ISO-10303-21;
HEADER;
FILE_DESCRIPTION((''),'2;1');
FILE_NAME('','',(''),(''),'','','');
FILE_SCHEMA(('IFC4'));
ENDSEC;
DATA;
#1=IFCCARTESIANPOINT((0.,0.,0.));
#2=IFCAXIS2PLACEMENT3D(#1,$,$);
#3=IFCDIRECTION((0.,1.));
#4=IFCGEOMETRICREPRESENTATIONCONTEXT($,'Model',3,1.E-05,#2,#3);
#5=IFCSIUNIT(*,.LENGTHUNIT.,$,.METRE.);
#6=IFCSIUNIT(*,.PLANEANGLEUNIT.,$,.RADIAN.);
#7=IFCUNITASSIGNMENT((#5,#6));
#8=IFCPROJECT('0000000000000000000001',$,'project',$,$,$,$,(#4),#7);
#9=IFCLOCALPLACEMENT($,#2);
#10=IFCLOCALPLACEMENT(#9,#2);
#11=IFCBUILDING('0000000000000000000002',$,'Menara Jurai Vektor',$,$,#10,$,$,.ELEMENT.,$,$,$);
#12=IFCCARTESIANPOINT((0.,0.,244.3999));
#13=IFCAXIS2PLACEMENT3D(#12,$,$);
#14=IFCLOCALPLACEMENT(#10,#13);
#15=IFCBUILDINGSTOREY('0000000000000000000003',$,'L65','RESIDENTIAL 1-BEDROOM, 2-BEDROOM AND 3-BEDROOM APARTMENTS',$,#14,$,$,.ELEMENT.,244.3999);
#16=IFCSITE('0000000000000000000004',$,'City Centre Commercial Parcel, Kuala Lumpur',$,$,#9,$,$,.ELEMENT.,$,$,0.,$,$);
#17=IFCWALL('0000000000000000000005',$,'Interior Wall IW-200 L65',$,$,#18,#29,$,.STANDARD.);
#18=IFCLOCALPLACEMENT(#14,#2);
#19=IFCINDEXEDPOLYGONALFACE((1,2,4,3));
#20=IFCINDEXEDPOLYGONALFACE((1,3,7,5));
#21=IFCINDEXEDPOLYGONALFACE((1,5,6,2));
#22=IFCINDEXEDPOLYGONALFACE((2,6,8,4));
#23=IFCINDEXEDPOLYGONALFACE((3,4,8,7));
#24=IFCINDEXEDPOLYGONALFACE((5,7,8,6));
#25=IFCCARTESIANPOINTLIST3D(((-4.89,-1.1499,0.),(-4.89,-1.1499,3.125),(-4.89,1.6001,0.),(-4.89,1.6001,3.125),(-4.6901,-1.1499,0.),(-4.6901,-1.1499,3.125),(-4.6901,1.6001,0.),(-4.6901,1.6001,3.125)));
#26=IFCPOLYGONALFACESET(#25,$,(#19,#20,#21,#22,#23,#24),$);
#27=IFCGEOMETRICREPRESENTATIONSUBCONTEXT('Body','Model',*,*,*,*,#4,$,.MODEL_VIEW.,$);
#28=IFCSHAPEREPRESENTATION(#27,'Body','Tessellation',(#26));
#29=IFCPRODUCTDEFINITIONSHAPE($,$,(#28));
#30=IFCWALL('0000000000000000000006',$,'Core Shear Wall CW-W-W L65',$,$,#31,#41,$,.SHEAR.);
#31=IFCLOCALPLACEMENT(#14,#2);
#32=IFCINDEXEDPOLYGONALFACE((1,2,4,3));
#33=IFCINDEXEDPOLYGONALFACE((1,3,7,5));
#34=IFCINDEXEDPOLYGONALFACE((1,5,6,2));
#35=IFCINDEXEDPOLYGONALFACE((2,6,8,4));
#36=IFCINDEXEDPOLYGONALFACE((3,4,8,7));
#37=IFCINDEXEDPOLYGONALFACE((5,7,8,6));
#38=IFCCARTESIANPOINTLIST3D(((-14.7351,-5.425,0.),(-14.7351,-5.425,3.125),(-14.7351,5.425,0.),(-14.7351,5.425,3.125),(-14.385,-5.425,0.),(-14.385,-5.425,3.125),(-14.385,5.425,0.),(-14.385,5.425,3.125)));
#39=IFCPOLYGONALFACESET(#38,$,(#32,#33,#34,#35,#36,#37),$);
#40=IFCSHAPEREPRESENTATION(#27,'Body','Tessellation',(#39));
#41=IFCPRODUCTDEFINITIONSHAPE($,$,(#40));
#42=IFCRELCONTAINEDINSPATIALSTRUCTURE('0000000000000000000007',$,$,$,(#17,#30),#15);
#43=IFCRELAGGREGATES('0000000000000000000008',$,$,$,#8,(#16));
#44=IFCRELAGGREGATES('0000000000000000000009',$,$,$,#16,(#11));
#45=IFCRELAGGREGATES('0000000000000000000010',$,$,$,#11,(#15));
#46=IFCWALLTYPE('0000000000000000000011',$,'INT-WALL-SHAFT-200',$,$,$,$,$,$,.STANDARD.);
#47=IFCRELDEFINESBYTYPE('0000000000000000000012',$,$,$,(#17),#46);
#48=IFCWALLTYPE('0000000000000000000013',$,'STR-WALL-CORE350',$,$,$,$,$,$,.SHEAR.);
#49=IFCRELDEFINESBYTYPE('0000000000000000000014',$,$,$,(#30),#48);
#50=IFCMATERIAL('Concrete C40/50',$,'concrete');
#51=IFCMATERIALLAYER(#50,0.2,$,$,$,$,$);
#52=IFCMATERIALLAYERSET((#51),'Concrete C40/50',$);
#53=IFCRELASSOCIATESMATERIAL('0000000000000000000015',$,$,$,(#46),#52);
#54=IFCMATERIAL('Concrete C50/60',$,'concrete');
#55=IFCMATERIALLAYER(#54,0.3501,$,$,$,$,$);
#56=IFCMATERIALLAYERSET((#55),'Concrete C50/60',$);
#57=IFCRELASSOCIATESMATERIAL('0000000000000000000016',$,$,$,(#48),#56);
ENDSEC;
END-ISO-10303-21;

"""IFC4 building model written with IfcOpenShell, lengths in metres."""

from ifc_helpers import new_model, si_unit, direction, frame, frame_2d, origin, place, context, subcontext, project, spatial, rectangle, extrude, material, layer, layer_set, type_object, element, save


model = new_model("IFC4")

# Units and contexts
model_context = context("Model", 3, precision=1e-05, world=origin(), true_north=direction((0.0, 1.0)))
body_context = subcontext(model_context, "Body", "Model", "MODEL_VIEW")
ifc_project = project(units=[si_unit("LENGTHUNIT", "METRE"), si_unit("PLANEANGLEUNIT", "RADIAN")], contexts=[model_context])

# Site, building, storey
site_placement = place(None, origin())
site = spatial("IfcSite", under=ifc_project, at=site_placement, Name="City Centre Commercial Parcel, Kuala Lumpur", CompositionType="ELEMENT", RefElevation=0.0)
building_placement = place(site_placement, origin())
building = spatial("IfcBuilding", under=site, at=building_placement, Name="Menara Jurai Vektor", CompositionType="ELEMENT")
storey_placement = place(building_placement, frame((0.0, 0.0, 244.3999)))
storey = spatial("IfcBuildingStorey", under=building, at=storey_placement, Name="L65", Description="RESIDENTIAL 1-BEDROOM, 2-BEDROOM AND 3-BEDROOM APARTMENTS", CompositionType="ELEMENT", Elevation=244.3999)

# Shared definitions
ifc_material_1 = material(Name="Concrete C50/60", Category="concrete")

# Shared definitions
ifc_material_2 = material(Name="Concrete C40/50", Category="concrete")

# Shared definitions
ifc_layer_1 = layer(ifc_material_2, 0.2)
ifc_layer_set_1 = layer_set([ifc_layer_1], Name="Concrete C40/50")
wall_type_1 = type_object("IfcWallType", Name="INT-WALL-SHAFT-200", PredefinedType="STANDARD", material=ifc_layer_set_1)

# Wall
wall_1_placement = place(storey_placement, frame((-4.79, -1.1499, 0.0), z_axis=(0.0, 0.0, 1.0), x_axis=(0.0, 1.0, 0.0)))
element("IfcWall", 1, at=wall_1_placement, inside=storey, type_object=wall_type_1, Name="Interior Wall IW-200 L65", PredefinedType="STANDARD", context=body_context, shape_type="SweptSolid", body=[
    extrude(rectangle(XDim=2.75, YDim=0.2, at=frame_2d((1.375, 0.0))), origin(), (0.0, 0.0, 1.0), 3.125),
])

# Wall
ifc_layer_2 = layer(ifc_material_1, 0.3501)
ifc_layer_set_2 = layer_set([ifc_layer_2], Name="Concrete C50/60")
wall_type_2 = type_object("IfcWallType", Name="STR-WALL-CORE350", PredefinedType="SHEAR", material=ifc_layer_set_2)
wall_2_placement = place(storey_placement, frame((-14.5601, -5.425, 0.0), z_axis=(0.0, 0.0, 1.0), x_axis=(0.0, 1.0, 0.0)))
element("IfcWall", 2, at=wall_2_placement, inside=storey, type_object=wall_type_2, Name="Core Shear Wall CW-W-W L65", PredefinedType="SHEAR", context=body_context, shape_type="SweptSolid", body=[
    extrude(rectangle(XDim=10.8501, YDim=0.3501, at=frame_2d((5.425, 0.0))), origin(), (0.0, 0.0, 1.0), 3.125),
])

save(model, "model.ifc")
